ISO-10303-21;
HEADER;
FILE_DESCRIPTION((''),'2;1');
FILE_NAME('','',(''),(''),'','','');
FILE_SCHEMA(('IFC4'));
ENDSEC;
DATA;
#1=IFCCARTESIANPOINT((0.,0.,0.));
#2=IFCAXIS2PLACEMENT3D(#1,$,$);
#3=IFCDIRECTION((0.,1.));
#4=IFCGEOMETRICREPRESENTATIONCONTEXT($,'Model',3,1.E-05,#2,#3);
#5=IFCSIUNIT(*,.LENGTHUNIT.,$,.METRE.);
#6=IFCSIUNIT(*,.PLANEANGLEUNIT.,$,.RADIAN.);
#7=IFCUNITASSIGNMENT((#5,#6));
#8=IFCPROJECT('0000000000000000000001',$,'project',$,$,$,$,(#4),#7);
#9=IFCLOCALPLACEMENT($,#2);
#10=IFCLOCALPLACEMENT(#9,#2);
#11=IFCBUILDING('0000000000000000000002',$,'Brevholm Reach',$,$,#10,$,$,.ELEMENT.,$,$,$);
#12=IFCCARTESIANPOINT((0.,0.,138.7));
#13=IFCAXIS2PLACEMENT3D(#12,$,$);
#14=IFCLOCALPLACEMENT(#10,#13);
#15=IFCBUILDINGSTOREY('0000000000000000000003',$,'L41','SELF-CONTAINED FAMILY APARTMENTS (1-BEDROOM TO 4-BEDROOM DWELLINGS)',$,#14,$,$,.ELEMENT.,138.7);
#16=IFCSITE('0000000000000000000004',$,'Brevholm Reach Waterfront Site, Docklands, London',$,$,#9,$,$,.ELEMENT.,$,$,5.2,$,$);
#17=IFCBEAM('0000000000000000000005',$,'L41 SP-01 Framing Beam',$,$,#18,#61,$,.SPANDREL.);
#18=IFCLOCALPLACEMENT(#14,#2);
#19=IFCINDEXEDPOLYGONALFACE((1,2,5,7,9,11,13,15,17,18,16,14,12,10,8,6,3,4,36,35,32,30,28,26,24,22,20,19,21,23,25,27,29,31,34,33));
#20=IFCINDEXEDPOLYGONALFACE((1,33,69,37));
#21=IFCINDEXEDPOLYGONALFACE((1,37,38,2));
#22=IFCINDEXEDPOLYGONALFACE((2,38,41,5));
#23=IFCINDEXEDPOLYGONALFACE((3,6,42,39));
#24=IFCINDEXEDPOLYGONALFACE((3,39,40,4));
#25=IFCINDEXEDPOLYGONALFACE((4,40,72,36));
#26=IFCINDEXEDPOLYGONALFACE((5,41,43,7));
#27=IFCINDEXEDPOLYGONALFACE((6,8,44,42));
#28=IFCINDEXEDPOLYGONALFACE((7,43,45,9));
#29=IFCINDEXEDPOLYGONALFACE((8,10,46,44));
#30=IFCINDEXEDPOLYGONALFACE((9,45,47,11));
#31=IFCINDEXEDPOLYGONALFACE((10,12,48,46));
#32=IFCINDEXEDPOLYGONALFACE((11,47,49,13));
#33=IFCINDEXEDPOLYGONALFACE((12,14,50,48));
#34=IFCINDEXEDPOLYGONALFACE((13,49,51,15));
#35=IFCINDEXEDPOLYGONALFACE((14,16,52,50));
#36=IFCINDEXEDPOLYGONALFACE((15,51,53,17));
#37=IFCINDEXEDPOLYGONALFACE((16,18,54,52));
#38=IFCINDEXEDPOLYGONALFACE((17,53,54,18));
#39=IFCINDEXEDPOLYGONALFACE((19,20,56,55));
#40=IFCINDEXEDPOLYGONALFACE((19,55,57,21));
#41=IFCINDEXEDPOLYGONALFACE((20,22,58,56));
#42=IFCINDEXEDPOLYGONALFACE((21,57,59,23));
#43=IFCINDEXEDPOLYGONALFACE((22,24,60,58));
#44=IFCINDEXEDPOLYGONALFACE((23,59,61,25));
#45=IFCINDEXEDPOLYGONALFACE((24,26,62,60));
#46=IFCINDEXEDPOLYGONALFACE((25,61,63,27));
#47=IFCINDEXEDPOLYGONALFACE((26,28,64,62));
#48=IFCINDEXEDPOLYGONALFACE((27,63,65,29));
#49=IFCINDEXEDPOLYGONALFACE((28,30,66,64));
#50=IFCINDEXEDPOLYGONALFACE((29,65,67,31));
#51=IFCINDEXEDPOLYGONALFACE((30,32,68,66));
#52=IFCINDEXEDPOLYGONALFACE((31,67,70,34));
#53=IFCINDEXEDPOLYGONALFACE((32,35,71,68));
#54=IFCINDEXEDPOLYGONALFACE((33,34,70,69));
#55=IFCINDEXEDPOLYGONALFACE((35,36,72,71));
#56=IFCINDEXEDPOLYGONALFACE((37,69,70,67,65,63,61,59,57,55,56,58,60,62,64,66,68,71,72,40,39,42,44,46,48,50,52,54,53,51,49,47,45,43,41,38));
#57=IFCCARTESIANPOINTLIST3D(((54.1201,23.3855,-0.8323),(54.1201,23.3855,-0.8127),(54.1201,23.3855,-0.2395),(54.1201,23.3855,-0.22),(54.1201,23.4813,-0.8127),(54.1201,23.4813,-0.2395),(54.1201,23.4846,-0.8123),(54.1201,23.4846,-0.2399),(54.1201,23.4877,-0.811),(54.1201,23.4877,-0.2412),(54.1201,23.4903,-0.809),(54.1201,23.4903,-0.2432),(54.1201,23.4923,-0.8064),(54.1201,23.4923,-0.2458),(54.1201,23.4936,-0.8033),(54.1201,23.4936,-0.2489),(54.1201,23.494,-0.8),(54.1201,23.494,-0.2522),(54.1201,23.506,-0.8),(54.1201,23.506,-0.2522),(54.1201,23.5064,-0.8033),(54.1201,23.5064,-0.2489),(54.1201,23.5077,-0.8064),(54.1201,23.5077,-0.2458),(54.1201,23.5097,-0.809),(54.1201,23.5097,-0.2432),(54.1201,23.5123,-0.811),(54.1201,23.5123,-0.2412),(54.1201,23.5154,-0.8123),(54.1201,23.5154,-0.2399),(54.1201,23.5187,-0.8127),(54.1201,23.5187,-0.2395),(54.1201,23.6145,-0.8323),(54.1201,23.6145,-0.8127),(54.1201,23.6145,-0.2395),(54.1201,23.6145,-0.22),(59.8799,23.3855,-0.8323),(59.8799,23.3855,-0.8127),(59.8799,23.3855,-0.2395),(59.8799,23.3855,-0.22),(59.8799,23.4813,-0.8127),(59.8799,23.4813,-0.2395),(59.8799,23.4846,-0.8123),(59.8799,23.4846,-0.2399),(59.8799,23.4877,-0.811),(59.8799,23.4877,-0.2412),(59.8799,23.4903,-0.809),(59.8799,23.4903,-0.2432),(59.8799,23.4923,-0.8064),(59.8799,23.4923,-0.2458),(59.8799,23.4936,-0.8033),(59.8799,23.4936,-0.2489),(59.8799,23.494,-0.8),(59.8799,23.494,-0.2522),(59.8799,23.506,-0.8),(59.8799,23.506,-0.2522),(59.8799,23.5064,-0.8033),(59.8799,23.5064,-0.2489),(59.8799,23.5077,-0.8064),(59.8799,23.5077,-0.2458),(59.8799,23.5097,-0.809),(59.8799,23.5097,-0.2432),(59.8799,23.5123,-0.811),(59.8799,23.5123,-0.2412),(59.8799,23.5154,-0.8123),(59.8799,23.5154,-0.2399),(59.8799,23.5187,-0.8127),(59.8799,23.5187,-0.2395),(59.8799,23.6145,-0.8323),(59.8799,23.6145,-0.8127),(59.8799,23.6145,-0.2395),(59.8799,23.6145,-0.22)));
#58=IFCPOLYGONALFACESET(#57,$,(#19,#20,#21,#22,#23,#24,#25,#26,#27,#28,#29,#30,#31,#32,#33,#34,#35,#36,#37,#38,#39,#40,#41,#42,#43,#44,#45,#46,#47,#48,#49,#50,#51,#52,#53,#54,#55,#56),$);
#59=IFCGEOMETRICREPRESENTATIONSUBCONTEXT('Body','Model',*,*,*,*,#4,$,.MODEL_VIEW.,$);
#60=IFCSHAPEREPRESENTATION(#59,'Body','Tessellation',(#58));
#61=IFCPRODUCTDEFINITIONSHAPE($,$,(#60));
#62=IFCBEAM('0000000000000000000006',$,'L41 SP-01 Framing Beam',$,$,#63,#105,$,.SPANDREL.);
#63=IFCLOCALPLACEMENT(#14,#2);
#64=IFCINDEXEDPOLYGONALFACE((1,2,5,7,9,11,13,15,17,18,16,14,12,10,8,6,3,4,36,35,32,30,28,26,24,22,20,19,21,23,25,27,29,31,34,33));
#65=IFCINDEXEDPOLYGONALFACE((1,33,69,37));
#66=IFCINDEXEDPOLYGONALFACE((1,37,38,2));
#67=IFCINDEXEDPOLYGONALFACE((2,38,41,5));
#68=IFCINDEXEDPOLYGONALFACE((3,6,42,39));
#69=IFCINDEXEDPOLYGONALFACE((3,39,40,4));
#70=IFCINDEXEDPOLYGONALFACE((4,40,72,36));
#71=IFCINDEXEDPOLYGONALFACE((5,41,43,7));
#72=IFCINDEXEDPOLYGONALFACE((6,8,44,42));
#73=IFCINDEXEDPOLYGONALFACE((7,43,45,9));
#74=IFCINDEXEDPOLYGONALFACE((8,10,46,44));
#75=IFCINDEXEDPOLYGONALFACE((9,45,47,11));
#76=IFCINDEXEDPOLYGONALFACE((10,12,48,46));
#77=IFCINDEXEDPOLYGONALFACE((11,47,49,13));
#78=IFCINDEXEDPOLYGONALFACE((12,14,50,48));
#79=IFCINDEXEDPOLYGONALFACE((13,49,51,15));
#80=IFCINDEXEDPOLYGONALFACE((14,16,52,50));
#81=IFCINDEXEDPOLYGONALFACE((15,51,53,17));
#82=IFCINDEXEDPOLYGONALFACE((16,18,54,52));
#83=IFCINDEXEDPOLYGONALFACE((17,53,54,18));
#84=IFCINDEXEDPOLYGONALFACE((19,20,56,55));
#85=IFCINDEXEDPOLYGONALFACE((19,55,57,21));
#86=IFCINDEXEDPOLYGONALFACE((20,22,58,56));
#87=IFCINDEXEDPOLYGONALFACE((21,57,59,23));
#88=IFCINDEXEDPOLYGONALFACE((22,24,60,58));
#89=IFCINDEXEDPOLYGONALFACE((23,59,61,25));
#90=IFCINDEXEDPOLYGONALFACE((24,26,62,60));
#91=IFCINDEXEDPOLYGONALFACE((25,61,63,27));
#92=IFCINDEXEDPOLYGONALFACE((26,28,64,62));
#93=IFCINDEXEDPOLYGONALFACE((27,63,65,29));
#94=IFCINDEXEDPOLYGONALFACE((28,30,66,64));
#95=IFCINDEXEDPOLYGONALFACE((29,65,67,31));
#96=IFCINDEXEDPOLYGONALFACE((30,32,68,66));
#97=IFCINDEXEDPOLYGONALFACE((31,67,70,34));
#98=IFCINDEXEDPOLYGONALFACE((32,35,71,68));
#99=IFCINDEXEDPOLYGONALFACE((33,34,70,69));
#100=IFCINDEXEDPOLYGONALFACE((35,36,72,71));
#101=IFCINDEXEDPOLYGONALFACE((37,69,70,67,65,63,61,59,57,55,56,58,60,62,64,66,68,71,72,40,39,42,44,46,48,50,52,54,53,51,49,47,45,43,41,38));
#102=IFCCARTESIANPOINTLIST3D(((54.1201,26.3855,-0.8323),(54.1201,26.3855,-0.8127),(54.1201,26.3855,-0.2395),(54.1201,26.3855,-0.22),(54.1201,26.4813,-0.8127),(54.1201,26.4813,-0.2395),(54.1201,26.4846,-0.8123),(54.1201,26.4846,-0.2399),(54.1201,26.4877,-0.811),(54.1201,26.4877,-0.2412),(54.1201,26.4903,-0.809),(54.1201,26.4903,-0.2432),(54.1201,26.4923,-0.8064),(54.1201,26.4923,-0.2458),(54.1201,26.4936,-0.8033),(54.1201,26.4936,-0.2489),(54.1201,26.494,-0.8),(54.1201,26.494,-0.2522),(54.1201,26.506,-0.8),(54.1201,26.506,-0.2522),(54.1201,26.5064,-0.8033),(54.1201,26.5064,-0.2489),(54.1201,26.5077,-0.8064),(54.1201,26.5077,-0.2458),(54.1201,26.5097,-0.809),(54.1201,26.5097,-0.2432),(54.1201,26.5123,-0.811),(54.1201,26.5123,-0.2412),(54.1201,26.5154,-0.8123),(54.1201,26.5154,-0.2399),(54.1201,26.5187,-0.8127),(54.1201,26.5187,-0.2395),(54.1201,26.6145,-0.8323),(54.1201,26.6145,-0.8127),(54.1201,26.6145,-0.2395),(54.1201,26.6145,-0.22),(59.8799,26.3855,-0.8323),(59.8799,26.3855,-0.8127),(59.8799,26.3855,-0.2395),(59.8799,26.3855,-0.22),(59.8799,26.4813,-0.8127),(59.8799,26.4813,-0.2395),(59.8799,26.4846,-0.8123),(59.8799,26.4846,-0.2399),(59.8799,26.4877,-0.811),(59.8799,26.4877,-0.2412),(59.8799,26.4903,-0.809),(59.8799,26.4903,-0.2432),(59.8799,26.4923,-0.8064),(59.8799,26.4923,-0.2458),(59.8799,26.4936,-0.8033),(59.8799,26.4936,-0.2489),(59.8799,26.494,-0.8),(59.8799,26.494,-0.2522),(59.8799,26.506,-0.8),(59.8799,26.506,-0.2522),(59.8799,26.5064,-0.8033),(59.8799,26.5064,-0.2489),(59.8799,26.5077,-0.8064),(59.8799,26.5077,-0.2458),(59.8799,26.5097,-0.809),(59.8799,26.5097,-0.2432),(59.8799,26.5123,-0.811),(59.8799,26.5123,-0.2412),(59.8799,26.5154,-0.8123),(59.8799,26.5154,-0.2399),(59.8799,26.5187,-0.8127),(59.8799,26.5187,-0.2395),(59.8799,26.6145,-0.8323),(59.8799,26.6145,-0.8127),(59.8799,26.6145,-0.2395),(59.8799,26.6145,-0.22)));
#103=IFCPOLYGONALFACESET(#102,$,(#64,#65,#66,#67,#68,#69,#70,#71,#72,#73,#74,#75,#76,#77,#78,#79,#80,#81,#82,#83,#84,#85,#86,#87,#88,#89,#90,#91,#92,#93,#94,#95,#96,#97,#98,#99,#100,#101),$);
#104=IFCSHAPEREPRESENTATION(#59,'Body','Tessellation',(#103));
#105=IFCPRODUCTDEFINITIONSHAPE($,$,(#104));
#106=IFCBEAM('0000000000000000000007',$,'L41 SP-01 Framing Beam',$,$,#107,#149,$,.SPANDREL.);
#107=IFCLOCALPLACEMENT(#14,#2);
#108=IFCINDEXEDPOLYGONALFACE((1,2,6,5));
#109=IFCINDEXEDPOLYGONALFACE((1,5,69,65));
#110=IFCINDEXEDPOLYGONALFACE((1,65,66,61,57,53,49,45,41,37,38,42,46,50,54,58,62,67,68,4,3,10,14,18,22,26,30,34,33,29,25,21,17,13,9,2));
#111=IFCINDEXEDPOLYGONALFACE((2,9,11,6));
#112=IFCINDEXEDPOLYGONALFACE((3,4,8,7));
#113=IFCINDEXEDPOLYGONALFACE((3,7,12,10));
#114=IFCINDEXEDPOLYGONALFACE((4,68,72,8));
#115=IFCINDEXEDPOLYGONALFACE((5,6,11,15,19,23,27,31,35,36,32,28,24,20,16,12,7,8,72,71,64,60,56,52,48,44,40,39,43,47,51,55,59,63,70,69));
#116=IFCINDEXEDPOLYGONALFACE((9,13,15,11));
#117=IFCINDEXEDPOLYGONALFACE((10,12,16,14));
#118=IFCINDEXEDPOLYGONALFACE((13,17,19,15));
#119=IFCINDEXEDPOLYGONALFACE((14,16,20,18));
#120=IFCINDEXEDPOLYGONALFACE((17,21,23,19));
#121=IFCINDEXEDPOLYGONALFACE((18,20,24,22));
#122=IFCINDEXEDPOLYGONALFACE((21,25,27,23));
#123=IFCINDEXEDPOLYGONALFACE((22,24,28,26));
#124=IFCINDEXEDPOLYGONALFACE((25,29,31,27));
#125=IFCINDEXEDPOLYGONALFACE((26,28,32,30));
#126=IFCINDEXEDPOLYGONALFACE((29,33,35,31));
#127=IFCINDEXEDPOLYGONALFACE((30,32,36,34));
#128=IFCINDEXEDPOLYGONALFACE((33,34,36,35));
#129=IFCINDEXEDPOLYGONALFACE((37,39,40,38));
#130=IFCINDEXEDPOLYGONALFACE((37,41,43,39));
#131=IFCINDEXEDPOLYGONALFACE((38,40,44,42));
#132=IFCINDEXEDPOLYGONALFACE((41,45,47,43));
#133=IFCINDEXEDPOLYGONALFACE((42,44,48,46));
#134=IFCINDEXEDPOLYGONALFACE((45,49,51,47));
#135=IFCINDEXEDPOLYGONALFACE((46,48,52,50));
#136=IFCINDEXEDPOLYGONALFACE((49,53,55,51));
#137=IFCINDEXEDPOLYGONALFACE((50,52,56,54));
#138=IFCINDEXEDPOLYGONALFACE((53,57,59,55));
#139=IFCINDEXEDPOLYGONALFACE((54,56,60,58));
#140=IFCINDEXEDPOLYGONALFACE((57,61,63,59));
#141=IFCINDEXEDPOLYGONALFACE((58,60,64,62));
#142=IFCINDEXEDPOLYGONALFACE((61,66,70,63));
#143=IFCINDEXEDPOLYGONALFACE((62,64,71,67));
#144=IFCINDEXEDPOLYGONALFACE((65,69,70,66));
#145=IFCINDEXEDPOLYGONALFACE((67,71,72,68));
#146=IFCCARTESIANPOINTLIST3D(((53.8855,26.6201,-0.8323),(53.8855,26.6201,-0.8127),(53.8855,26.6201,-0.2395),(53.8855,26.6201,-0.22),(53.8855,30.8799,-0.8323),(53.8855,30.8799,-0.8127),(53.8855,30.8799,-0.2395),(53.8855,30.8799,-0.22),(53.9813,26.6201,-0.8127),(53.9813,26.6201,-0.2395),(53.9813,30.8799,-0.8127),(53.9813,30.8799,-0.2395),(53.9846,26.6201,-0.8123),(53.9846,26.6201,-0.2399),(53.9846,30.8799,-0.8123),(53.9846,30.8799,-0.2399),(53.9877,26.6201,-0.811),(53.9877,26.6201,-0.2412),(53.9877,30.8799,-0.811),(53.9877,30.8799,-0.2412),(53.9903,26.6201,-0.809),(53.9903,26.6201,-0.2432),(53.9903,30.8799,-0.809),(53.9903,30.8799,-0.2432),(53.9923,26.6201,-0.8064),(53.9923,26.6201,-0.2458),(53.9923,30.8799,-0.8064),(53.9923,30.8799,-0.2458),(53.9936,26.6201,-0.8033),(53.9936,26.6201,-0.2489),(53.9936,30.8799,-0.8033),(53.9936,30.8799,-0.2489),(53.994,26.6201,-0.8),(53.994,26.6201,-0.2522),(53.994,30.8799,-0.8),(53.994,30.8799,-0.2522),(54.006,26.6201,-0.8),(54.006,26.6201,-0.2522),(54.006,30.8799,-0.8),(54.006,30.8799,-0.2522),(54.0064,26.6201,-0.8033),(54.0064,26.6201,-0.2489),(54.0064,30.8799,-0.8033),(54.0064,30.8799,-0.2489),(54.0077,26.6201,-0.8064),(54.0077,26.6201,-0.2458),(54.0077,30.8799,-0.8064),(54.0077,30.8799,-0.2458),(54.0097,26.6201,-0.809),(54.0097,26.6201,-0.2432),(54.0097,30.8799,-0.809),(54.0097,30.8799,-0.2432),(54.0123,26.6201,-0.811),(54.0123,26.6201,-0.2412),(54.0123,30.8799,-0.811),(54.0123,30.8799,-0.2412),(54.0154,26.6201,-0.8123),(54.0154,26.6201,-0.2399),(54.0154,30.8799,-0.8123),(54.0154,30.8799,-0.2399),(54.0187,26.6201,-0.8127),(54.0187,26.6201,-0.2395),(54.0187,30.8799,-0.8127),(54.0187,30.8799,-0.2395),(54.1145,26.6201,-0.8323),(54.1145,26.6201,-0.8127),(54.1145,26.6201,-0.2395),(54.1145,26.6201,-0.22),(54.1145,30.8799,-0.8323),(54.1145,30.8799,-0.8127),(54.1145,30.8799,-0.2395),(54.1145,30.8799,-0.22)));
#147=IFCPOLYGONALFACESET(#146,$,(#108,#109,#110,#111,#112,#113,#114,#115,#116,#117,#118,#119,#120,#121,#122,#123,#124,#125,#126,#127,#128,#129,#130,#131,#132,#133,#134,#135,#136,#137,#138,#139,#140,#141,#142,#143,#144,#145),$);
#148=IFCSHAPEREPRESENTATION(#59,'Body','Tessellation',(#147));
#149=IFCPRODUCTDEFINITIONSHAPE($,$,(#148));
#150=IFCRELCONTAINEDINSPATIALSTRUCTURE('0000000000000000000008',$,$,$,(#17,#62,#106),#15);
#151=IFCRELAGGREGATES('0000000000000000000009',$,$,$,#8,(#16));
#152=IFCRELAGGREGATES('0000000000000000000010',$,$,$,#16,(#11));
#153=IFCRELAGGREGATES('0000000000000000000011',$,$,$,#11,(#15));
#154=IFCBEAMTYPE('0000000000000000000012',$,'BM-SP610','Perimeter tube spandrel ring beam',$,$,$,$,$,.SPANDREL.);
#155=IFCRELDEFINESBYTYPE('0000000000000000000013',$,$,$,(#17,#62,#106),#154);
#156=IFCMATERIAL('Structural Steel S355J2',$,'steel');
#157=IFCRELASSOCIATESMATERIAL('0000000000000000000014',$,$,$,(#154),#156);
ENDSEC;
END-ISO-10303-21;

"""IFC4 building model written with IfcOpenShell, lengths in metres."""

from ifc_helpers import new_model, si_unit, direction, frame, origin, origin_2d, place, context, subcontext, project, spatial, i_section, extrude, material, material_profile, profile_set, type_object, element, save


model = new_model("IFC4")

# Units and contexts
model_context = context("Model", 3, precision=1e-05, world=origin(), true_north=direction((0.0, 1.0)))
body_context = subcontext(model_context, "Body", "Model", "MODEL_VIEW")
ifc_project = project(units=[si_unit("LENGTHUNIT", "METRE"), si_unit("PLANEANGLEUNIT", "RADIAN")], contexts=[model_context])

# Site, building, storey
site_placement = place(None, origin())
site = spatial("IfcSite", under=ifc_project, at=site_placement, Name="Brevholm Reach Waterfront Site, Docklands, London", CompositionType="ELEMENT", RefElevation=5.2)
building_placement = place(site_placement, origin())
building = spatial("IfcBuilding", under=site, at=building_placement, Name="Brevholm Reach", CompositionType="ELEMENT")
storey_placement = place(building_placement, frame((0.0, 0.0, 138.7)))
storey = spatial("IfcBuildingStorey", under=building, at=storey_placement, Name="L41", Description="SELF-CONTAINED FAMILY APARTMENTS (1-BEDROOM TO 4-BEDROOM DWELLINGS)", CompositionType="ELEMENT", Elevation=138.7)

# Beams
ifc_material_1 = material(Name="Structural Steel S355J2", Category="steel")
ifc_material_profile_1 = material_profile(ifc_material_1, i_section(OverallWidth=0.229, OverallDepth=0.6123, WebThickness=0.012, FlangeThickness=0.0195, FilletRadius=0.0127, at=origin_2d()), Name="UKB 610x229x125")
ifc_profile_set_1 = profile_set([ifc_material_profile_1], Name="Structural Steel S355J2")
beam_type_1 = type_object("IfcBeamType", Name="BM-SP610", Description="Perimeter tube spandrel ring beam", PredefinedType="SPANDREL", material=ifc_profile_set_1)
for number, where, z_axis, x_axis, name in (
    (1, (54.1201, 23.5, -0.5261), (1.0, 0.0, 0.0), (0.0, 1.0, 0.0), "L41 SP-01 Framing Beam"),
    (2, (54.1201, 26.5, -0.5261), (1.0, 0.0, 0.0), (0.0, 1.0, 0.0), "L41 SP-01 Framing Beam"),
):
    element("IfcBeam", number, at=place(storey_placement, frame(where, z_axis=z_axis, x_axis=x_axis)), inside=storey, type_object=beam_type_1, Name=name, PredefinedType="SPANDREL", context=body_context, shape_type="SweptSolid", body=[
        extrude(i_section(OverallWidth=0.229, OverallDepth=0.6123, WebThickness=0.012, FlangeThickness=0.0195, FilletRadius=0.0127, at=origin_2d()), origin(), (0.0, 0.0, 1.0), 5.7598),
    ])
beam_1_placement = place(storey_placement, frame((54.0, 26.6201, -0.5261), z_axis=(0.0, 1.0, 0.0), x_axis=(-1.0, 0.0, 0.0)))
element("IfcBeam", 3, at=beam_1_placement, inside=storey, type_object=beam_type_1, Name="L41 SP-01 Framing Beam", PredefinedType="SPANDREL", context=body_context, shape_type="SweptSolid", body=[
    extrude(i_section(OverallWidth=0.229, OverallDepth=0.6123, WebThickness=0.012, FlangeThickness=0.0195, FilletRadius=0.0127, at=origin_2d()), origin(), (0.0, 0.0, 1.0), 4.2598),
])

save(model, "model.ifc")
